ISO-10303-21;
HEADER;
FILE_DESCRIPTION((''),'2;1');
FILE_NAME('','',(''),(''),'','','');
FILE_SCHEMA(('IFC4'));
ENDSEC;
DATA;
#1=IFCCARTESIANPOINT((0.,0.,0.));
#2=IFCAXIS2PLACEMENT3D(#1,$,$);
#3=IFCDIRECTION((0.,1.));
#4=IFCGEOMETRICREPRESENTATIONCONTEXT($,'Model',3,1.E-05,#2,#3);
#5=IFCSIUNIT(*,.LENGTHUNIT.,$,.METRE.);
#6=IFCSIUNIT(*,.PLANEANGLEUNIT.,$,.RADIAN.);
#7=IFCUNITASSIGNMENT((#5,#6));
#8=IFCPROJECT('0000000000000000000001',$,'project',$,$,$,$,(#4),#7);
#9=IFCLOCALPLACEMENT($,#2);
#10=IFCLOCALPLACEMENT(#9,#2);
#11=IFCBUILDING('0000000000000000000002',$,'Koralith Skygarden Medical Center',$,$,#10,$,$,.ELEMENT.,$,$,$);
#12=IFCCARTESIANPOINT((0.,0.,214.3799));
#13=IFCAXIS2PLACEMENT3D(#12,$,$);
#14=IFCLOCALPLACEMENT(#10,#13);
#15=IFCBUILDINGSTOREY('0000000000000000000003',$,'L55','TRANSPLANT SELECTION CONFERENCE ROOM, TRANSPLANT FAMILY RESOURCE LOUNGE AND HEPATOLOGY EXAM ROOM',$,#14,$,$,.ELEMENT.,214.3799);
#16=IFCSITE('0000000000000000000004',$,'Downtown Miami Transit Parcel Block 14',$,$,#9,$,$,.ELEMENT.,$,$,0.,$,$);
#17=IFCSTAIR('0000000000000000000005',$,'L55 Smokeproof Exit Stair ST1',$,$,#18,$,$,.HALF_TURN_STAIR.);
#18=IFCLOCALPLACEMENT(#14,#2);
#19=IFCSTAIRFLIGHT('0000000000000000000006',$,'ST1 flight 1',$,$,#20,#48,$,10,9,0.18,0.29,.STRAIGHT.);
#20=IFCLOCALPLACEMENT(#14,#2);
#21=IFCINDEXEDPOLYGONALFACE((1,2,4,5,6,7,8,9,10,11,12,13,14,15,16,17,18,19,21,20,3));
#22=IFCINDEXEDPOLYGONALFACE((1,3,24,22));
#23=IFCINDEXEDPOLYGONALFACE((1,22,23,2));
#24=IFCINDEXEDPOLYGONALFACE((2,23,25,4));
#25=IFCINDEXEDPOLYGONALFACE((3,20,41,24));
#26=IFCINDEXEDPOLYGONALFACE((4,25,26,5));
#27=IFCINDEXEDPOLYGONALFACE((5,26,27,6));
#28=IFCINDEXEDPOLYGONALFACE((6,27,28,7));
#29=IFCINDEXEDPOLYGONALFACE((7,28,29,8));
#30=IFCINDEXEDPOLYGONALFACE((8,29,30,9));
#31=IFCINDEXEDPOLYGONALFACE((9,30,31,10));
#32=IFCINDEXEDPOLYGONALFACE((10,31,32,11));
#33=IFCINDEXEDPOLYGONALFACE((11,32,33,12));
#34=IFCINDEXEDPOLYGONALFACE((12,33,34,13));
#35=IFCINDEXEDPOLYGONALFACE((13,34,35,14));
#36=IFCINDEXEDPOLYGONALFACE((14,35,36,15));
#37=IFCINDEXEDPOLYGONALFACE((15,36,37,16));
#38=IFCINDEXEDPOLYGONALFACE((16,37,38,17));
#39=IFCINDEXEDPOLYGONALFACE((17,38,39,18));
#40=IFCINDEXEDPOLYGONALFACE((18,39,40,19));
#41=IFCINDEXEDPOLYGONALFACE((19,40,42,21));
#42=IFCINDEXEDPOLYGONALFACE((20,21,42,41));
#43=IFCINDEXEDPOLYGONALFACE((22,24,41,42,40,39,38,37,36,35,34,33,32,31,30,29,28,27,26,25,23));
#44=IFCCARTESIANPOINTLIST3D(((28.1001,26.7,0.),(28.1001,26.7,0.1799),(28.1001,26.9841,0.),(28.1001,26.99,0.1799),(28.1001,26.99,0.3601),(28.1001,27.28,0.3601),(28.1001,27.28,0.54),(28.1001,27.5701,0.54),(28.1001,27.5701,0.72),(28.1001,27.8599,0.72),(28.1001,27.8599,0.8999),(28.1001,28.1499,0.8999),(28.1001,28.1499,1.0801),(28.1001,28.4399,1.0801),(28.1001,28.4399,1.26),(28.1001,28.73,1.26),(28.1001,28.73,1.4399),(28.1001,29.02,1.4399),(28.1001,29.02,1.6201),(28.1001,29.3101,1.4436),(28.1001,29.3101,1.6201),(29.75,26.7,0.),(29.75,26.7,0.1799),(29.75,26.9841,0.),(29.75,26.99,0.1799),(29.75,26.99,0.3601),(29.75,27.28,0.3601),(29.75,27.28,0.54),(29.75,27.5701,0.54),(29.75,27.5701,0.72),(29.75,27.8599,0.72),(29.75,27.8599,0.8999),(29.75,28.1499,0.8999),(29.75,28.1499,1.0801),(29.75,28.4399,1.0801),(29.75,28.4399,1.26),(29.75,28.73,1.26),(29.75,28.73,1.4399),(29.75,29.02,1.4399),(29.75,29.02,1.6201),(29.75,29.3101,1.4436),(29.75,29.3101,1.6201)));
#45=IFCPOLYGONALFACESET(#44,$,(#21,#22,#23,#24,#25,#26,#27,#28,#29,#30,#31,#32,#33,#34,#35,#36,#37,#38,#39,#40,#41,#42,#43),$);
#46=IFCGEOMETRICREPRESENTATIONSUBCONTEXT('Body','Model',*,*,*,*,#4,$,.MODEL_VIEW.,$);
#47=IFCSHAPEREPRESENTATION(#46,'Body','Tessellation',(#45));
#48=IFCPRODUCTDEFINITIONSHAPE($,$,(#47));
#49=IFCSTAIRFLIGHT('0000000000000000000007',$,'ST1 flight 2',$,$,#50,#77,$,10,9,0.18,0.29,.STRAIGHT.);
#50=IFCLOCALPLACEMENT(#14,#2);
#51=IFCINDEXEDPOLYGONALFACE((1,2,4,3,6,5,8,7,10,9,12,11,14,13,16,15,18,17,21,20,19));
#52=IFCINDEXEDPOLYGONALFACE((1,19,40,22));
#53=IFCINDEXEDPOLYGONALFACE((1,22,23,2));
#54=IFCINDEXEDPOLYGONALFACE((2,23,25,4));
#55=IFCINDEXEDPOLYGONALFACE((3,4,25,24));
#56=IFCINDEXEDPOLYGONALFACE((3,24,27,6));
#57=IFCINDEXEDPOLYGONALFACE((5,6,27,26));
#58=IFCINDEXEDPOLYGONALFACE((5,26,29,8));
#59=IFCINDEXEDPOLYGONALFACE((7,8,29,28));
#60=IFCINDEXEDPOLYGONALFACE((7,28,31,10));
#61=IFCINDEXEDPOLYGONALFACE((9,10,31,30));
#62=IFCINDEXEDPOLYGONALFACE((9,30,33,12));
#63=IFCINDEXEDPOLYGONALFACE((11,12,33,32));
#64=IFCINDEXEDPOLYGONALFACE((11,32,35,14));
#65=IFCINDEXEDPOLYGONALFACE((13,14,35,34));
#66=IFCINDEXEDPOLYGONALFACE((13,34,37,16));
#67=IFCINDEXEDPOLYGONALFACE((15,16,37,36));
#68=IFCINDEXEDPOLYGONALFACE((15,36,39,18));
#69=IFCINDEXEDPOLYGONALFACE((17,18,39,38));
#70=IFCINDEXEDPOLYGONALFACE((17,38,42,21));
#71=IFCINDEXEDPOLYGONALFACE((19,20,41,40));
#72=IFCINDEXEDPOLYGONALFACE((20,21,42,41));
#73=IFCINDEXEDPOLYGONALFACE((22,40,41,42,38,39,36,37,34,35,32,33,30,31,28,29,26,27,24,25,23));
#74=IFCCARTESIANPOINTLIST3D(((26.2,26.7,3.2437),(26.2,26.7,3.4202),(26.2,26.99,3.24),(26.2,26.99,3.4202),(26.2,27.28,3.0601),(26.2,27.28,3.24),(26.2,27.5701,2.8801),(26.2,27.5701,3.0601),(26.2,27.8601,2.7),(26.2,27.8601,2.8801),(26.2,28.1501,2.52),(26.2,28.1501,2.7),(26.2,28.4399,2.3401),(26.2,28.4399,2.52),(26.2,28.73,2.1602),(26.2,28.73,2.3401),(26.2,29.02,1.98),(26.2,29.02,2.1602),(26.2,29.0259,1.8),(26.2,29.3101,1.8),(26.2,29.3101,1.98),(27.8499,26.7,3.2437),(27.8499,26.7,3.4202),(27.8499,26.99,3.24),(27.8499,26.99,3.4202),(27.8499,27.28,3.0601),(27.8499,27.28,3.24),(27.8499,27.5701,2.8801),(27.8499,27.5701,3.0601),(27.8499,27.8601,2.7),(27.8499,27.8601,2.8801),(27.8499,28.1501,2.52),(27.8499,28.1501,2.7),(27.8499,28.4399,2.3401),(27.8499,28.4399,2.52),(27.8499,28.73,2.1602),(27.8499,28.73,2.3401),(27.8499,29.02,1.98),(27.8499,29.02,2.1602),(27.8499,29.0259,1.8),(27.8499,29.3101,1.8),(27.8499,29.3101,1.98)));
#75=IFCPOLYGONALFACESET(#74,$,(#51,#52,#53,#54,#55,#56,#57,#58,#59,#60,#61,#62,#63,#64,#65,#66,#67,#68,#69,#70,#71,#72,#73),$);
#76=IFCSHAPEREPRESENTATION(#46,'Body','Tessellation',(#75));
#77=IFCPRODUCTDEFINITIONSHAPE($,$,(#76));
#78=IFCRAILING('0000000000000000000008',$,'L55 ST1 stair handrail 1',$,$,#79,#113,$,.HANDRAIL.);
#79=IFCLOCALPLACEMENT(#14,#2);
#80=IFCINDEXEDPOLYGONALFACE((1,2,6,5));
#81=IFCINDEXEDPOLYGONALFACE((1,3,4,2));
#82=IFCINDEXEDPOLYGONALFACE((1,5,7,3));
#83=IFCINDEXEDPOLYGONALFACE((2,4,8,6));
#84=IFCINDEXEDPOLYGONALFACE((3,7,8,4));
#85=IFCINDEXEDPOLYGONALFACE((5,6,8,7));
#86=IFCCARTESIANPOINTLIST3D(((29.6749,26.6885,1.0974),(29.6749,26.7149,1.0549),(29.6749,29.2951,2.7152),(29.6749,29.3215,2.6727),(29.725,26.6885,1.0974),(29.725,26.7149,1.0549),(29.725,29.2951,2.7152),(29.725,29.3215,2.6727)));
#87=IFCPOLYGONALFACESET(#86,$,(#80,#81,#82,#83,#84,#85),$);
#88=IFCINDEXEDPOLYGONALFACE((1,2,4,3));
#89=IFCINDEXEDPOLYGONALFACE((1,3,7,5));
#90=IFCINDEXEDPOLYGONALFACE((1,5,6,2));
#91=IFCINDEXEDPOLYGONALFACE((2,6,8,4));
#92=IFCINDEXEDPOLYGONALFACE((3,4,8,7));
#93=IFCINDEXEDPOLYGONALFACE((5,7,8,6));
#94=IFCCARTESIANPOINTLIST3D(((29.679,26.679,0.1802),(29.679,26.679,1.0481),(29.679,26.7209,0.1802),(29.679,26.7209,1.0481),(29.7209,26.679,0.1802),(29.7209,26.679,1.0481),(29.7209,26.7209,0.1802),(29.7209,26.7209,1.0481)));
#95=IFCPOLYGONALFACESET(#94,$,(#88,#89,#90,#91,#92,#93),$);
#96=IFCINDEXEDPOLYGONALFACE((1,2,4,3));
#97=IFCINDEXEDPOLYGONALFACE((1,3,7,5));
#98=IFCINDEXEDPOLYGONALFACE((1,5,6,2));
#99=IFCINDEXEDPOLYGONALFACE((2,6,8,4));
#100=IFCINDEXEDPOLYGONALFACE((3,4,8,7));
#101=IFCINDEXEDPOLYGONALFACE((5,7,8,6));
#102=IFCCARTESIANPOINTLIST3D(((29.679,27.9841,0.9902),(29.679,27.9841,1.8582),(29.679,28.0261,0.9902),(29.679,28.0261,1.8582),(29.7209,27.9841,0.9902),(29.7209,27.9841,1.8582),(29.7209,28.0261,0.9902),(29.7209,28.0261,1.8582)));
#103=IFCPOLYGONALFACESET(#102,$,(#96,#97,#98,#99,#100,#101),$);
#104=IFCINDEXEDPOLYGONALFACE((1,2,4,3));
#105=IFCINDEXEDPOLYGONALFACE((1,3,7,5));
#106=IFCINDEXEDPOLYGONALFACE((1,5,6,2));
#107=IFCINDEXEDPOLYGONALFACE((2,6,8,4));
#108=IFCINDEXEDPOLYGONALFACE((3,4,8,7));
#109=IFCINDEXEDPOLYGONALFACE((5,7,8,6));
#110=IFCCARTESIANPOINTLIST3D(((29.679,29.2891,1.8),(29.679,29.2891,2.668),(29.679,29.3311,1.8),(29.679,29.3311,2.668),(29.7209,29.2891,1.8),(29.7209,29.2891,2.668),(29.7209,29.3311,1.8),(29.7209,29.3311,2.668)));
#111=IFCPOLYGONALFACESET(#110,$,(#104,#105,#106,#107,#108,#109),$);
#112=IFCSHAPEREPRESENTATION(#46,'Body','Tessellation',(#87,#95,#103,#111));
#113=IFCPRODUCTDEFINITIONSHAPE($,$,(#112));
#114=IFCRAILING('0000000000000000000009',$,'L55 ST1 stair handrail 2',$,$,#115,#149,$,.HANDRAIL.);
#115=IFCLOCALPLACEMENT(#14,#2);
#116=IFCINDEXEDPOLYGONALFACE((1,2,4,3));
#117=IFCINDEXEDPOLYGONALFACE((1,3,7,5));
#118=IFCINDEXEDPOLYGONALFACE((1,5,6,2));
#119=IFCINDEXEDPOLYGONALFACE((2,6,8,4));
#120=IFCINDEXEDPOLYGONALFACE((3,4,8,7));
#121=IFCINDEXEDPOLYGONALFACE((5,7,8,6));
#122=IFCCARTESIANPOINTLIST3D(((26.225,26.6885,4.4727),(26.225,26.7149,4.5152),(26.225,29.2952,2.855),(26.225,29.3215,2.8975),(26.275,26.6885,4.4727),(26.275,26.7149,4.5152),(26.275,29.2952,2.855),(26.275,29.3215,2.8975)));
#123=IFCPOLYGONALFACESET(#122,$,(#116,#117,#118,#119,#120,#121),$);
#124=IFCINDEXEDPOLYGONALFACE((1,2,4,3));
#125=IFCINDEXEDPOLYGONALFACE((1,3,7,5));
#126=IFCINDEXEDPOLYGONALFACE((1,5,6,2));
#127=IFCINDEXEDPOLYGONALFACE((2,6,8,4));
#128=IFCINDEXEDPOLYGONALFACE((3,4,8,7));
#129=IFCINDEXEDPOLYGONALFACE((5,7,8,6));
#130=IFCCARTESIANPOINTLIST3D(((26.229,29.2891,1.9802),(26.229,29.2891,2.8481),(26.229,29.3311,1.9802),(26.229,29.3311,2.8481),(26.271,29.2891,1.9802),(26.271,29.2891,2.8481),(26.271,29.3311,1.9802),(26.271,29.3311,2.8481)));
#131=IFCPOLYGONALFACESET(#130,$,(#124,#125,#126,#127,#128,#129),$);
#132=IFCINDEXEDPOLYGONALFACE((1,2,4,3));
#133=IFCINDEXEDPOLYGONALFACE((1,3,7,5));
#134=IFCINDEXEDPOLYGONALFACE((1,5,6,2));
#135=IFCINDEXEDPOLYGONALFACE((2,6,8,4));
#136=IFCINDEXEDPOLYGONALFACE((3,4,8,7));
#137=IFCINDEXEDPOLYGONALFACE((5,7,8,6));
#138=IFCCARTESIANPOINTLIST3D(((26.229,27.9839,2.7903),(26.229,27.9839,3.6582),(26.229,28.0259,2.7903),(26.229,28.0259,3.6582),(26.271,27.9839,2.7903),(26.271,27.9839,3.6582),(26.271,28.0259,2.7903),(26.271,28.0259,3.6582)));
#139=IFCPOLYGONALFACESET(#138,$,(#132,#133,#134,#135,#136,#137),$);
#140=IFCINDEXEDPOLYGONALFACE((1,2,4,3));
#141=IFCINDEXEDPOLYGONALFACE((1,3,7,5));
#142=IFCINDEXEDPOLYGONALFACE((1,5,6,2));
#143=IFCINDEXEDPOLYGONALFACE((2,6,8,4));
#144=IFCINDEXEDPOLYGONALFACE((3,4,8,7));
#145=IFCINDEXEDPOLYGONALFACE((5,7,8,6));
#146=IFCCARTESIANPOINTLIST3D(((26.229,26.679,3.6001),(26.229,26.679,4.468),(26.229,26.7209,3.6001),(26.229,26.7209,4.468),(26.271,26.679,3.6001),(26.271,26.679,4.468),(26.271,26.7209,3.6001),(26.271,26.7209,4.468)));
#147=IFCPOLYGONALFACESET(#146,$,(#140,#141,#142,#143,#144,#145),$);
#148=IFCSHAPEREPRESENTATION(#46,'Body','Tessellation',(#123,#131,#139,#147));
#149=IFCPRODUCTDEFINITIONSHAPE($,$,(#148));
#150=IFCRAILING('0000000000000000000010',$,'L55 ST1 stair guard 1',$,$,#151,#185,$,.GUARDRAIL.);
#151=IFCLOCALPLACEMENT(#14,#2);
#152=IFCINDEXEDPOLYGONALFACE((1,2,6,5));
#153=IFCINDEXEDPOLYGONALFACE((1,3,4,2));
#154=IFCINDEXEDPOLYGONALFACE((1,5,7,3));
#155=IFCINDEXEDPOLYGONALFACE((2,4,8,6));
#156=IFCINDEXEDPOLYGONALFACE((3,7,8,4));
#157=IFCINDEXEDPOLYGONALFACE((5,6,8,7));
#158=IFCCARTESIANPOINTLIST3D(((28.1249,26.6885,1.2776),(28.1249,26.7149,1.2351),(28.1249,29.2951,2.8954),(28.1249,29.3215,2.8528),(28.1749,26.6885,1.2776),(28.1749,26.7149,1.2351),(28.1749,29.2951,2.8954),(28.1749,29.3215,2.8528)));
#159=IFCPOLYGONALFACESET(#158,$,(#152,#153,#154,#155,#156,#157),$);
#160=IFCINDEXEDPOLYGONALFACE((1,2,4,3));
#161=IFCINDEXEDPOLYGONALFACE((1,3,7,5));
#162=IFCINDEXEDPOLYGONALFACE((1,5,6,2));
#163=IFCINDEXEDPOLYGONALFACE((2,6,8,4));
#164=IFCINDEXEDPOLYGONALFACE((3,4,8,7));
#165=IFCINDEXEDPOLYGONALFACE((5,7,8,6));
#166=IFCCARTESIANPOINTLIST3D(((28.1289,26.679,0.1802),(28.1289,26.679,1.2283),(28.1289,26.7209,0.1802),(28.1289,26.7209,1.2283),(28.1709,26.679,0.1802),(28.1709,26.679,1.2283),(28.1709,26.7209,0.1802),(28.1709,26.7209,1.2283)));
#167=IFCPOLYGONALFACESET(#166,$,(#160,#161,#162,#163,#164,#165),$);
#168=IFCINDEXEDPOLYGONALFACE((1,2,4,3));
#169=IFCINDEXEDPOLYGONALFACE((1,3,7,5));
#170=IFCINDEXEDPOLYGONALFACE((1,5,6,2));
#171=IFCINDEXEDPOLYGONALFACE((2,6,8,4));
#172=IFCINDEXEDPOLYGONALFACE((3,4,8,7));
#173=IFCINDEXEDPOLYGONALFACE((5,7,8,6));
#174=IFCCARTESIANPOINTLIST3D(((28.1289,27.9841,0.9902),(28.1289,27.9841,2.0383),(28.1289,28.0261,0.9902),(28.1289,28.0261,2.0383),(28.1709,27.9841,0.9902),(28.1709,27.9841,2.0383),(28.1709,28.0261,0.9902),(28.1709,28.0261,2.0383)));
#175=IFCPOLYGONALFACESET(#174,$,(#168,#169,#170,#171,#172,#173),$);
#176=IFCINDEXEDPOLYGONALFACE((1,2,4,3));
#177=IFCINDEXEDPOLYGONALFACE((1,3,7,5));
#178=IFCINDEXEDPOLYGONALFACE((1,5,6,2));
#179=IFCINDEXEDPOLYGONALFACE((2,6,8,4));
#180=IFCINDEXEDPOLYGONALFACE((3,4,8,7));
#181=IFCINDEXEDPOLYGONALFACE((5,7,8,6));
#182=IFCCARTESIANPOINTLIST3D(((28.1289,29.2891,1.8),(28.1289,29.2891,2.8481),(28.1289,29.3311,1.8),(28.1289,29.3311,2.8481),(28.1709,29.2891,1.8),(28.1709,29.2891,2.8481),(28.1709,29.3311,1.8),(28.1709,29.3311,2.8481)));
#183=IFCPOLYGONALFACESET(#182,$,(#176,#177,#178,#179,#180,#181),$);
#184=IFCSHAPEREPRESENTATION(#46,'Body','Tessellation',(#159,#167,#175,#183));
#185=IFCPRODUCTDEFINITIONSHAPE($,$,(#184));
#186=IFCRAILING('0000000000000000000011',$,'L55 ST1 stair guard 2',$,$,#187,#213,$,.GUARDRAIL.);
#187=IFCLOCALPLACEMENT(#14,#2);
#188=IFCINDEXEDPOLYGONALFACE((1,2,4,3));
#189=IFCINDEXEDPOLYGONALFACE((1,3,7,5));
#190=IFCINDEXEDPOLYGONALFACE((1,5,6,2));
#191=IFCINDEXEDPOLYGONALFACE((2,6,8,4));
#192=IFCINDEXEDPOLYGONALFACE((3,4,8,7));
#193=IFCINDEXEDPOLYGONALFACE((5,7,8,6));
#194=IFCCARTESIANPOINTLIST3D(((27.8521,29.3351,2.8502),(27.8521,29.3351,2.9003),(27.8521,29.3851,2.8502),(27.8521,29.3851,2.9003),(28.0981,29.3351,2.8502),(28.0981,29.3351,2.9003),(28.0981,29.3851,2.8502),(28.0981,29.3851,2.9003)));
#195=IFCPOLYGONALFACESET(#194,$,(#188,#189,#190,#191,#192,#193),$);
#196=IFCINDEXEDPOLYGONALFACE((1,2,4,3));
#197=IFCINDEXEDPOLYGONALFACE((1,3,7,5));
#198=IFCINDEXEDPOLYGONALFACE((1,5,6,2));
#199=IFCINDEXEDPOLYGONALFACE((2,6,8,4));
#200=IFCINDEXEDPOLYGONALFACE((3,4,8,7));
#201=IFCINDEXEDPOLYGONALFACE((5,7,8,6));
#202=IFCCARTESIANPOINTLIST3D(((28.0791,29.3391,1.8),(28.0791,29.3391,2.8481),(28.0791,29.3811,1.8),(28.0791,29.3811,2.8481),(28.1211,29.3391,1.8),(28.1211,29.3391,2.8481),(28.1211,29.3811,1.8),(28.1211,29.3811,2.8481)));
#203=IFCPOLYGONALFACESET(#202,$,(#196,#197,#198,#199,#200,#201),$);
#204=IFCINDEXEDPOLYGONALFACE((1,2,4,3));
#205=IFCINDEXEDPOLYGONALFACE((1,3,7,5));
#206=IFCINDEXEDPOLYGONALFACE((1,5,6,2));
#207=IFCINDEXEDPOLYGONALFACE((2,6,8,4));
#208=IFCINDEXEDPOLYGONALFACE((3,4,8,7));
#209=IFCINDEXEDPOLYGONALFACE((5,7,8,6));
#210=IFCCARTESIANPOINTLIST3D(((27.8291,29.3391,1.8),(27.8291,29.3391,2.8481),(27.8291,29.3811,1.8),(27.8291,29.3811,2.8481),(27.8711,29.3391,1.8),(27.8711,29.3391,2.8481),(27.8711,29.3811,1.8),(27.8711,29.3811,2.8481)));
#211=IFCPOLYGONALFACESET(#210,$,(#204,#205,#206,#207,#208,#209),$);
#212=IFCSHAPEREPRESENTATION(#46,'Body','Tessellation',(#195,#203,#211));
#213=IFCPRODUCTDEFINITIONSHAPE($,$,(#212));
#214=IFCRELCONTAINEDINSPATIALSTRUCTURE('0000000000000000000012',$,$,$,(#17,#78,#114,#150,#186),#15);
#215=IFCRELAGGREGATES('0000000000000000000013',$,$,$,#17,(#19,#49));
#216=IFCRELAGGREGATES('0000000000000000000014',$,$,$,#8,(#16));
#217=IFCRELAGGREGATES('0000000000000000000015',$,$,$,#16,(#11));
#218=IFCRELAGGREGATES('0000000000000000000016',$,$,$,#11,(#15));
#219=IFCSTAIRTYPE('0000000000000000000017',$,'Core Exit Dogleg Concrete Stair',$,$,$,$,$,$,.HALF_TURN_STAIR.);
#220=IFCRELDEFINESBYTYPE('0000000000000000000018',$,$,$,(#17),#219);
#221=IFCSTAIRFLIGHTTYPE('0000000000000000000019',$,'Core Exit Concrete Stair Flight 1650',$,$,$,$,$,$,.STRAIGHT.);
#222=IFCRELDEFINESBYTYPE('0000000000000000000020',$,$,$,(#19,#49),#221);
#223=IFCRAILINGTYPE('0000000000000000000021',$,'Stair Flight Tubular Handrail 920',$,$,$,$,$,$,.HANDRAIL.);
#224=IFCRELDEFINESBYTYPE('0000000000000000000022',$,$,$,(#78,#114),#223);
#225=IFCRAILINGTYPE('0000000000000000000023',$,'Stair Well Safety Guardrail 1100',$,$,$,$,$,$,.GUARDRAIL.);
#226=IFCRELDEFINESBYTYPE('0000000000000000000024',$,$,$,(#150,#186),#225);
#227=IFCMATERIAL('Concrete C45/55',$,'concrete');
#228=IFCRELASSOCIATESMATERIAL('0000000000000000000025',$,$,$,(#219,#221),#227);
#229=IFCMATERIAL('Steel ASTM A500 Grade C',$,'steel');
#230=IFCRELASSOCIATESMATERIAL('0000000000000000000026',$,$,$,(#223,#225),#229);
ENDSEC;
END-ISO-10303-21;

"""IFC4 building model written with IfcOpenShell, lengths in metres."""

from ifc_helpers import new_model, si_unit, direction, frame, origin, origin_2d, place, context, subcontext, project, spatial, polyline, rectangle, outline, extrude, material, type_object, element, aggregate, save


model = new_model("IFC4")

# Units and contexts
model_context = context("Model", 3, precision=1e-05, world=origin(), true_north=direction((0.0, 1.0)))
body_context = subcontext(model_context, "Body", "Model", "MODEL_VIEW")
ifc_project = project(units=[si_unit("LENGTHUNIT", "METRE"), si_unit("PLANEANGLEUNIT", "RADIAN")], contexts=[model_context])

# Site, building, storey
site_placement = place(None, origin())
site = spatial("IfcSite", under=ifc_project, at=site_placement, Name="Downtown Miami Transit Parcel Block 14", CompositionType="ELEMENT", RefElevation=0.0)
building_placement = place(site_placement, origin())
building = spatial("IfcBuilding", under=site, at=building_placement, Name="Koralith Skygarden Medical Center", CompositionType="ELEMENT")
storey_placement = place(building_placement, frame((0.0, 0.0, 214.3799)))
storey = spatial("IfcBuildingStorey", under=building, at=storey_placement, Name="L55", Description="TRANSPLANT SELECTION CONFERENCE ROOM, TRANSPLANT FAMILY RESOURCE LOUNGE AND HEPATOLOGY EXAM ROOM", CompositionType="ELEMENT", Elevation=214.3799)

# Shared definitions
ifc_material_1 = material(Name="Concrete C45/55", Category="concrete")

# Shared definitions
ifc_material_2 = material(Name="Steel ASTM A500 Grade C", Category="steel")

# Stair, stair flights
stair_type = type_object("IfcStairType", Name="Core Exit Dogleg Concrete Stair", PredefinedType="HALF_TURN_STAIR", material=ifc_material_1)
stair_placement = place(storey_placement, origin())
stair = element("IfcStair", 1, at=stair_placement, inside=storey, type_object=stair_type, Name="L55 Smokeproof Exit Stair ST1", PredefinedType="HALF_TURN_STAIR")
stair_flight_type = type_object("IfcStairFlightType", Name="Core Exit Concrete Stair Flight 1650", PredefinedType="STRAIGHT", material=ifc_material_1)
stair_flight_1_placement = place(storey_placement, frame((28.925, 26.7, 0.0), z_axis=(0.0, 0.0, 1.0), x_axis=(0.0, 1.0, 0.0)))
stair_flight_1 = element("IfcStairFlight", 2, at=stair_flight_1_placement, type_object=stair_flight_type, Name="ST1 flight 1", NumberOfRisers=10, NumberOfTreads=9, PredefinedType="STRAIGHT", RiserHeight=0.18, TreadLength=0.29, context=body_context, shape_type="SweptSolid", body=[
    extrude(outline(polyline([(0.0, 0.0), (0.0, 0.1799), (0.29, 0.1799), (0.29, 0.3601), (0.5801, 0.3601), (0.5801, 0.54), (0.8701, 0.54), (0.8701, 0.72), (1.1599, 0.72), (1.1599, 0.8999), (1.45, 0.8999), (1.45, 1.0801), (1.74, 1.0801), (1.74, 1.26), (2.03, 1.26), (2.03, 1.4399), (2.3201, 1.4399), (2.3201, 1.6201), (2.6101, 1.6201), (2.6101, 1.8), (2.6101, 1.4436), (0.2842, 0.0), (0.0, 0.0)])), frame((0.0, 0.825, 0.0), z_axis=(0.0, -1.0, 0.0), x_axis=(1.0, 0.0, 0.0)), (0.0, 0.0, 1.0), 1.6499),
])
stair_flight_2_placement = place(storey_placement, frame((27.0249, 29.3101, 1.8), z_axis=(0.0, 0.0, 1.0), x_axis=(0.0, -1.0, 0.0)))
stair_flight_2 = element("IfcStairFlight", 3, at=stair_flight_2_placement, type_object=stair_flight_type, Name="ST1 flight 2", NumberOfRisers=10, NumberOfTreads=9, PredefinedType="STRAIGHT", RiserHeight=0.18, TreadLength=0.29, context=body_context, shape_type="SweptSolid", body=[
    extrude(outline(polyline([(0.0, 0.0), (0.0, 0.1799), (0.29, 0.1799), (0.29, 0.3601), (0.5801, 0.3601), (0.5801, 0.54), (0.8701, 0.54), (0.8701, 0.72), (1.1599, 0.72), (1.1599, 0.8999), (1.45, 0.8999), (1.45, 1.0801), (1.74, 1.0801), (1.74, 1.26), (2.03, 1.26), (2.03, 1.4399), (2.3201, 1.4399), (2.3201, 1.6201), (2.6101, 1.6201), (2.6101, 1.8), (2.6101, 1.4436), (0.2842, 0.0), (0.0, 0.0)])), frame((0.0, 0.825, 0.0), z_axis=(0.0, -1.0, 0.0), x_axis=(1.0, 0.0, 0.0)), (0.0, 0.0, 1.0), 1.6499),
])
aggregate(stair, [stair_flight_1, stair_flight_2])

# Railings
railing_type_1 = type_object("IfcRailingType", Name="Stair Flight Tubular Handrail 920", PredefinedType="HANDRAIL", material=ifc_material_2)
railing_1_placement = place(storey_placement, frame((29.7, 26.7, 0.1802)))
element("IfcRailing", 4, at=railing_1_placement, inside=storey, type_object=railing_type_1, Name="L55 ST1 stair handrail 1", PredefinedType="HANDRAIL", context=body_context, shape_type="SweptSolid", body=[
    extrude(rectangle(XDim=0.05, YDim=0.05, at=origin_2d()), frame((0.0, 0.0017, 0.896), z_axis=(0.0, 0.849668, 0.527317), x_axis=(-1.0, 0.0, 0.0)), (0.0, 0.0, 1.0), 3.0679),
    extrude(rectangle(XDim=0.042, YDim=0.042, at=origin_2d()), origin(), (0.0, 0.0, 1.0), 0.8679),
    extrude(rectangle(XDim=0.042, YDim=0.042, at=origin_2d()), frame((0.0, 1.3052, 0.8101)), (0.0, 0.0, 1.0), 0.8679),
    extrude(rectangle(XDim=0.042, YDim=0.042, at=origin_2d()), frame((0.0, 2.6101, 1.6199)), (0.0, 0.0, 1.0), 0.8679),
])
railing_2_placement = place(storey_placement, frame((26.25, 29.3101, 1.9802)))
element("IfcRailing", 5, at=railing_2_placement, inside=storey, type_object=railing_type_1, Name="L55 ST1 stair handrail 2", PredefinedType="HANDRAIL", context=body_context, shape_type="SweptSolid", body=[
    extrude(rectangle(XDim=0.05, YDim=0.05, at=origin_2d()), frame((0.0, -0.0017, 0.896), z_axis=(0.0, -0.849668, 0.527317), x_axis=(1.0, 0.0, 0.0)), (0.0, 0.0, 1.0), 3.0679),
    extrude(rectangle(XDim=0.042, YDim=0.042, at=origin_2d()), origin(), (0.0, 0.0, 1.0), 0.8679),
    extrude(rectangle(XDim=0.042, YDim=0.042, at=origin_2d()), frame((0.0, -1.3052, 0.8101)), (0.0, 0.0, 1.0), 0.8679),
    extrude(rectangle(XDim=0.042, YDim=0.042, at=origin_2d()), frame((0.0, -2.6101, 1.6199)), (0.0, 0.0, 1.0), 0.8679),
])
railing_type_2 = type_object("IfcRailingType", Name="Stair Well Safety Guardrail 1100", PredefinedType="GUARDRAIL", material=ifc_material_2)
railing_3_placement = place(storey_placement, frame((28.1499, 26.7, 0.1802)))
element("IfcRailing", 6, at=railing_3_placement, inside=storey, type_object=railing_type_2, Name="L55 ST1 stair guard 1", PredefinedType="GUARDRAIL", context=body_context, shape_type="SweptSolid", body=[
    extrude(rectangle(XDim=0.05, YDim=0.05, at=origin_2d()), frame((0.0, 0.0017, 1.0762), z_axis=(0.0, 0.849668, 0.527317), x_axis=(-1.0, 0.0, 0.0)), (0.0, 0.0, 1.0), 3.0679),
    extrude(rectangle(XDim=0.042, YDim=0.042, at=origin_2d()), origin(), (0.0, 0.0, 1.0), 1.0481),
    extrude(rectangle(XDim=0.042, YDim=0.042, at=origin_2d()), frame((0.0, 1.3052, 0.8101)), (0.0, 0.0, 1.0), 1.0481),
    extrude(rectangle(XDim=0.042, YDim=0.042, at=origin_2d()), frame((0.0, 2.6101, 1.6199)), (0.0, 0.0, 1.0), 1.0481),
])
railing_4_placement = place(storey_placement, frame((28.1001, 29.3601, 1.8)))
element("IfcRailing", 7, at=railing_4_placement, inside=storey, type_object=railing_type_2, Name="L55 ST1 stair guard 2", PredefinedType="GUARDRAIL", context=body_context, shape_type="SweptSolid", body=[
    extrude(rectangle(XDim=0.05, YDim=0.05, at=origin_2d()), frame((-0.002, 0.0, 1.0752), z_axis=(-1.0, 0.0, 0.0), x_axis=(0.0, -1.0, 0.0)), (0.0, 0.0, 1.0), 0.2461),
    extrude(rectangle(XDim=0.042, YDim=0.042, at=origin_2d()), origin(), (0.0, 0.0, 1.0), 1.0481),
    extrude(rectangle(XDim=0.042, YDim=0.042, at=origin_2d()), frame((-0.25, 0.0, 0.0)), (0.0, 0.0, 1.0), 1.0481),
])

save(model, "model.ifc")
